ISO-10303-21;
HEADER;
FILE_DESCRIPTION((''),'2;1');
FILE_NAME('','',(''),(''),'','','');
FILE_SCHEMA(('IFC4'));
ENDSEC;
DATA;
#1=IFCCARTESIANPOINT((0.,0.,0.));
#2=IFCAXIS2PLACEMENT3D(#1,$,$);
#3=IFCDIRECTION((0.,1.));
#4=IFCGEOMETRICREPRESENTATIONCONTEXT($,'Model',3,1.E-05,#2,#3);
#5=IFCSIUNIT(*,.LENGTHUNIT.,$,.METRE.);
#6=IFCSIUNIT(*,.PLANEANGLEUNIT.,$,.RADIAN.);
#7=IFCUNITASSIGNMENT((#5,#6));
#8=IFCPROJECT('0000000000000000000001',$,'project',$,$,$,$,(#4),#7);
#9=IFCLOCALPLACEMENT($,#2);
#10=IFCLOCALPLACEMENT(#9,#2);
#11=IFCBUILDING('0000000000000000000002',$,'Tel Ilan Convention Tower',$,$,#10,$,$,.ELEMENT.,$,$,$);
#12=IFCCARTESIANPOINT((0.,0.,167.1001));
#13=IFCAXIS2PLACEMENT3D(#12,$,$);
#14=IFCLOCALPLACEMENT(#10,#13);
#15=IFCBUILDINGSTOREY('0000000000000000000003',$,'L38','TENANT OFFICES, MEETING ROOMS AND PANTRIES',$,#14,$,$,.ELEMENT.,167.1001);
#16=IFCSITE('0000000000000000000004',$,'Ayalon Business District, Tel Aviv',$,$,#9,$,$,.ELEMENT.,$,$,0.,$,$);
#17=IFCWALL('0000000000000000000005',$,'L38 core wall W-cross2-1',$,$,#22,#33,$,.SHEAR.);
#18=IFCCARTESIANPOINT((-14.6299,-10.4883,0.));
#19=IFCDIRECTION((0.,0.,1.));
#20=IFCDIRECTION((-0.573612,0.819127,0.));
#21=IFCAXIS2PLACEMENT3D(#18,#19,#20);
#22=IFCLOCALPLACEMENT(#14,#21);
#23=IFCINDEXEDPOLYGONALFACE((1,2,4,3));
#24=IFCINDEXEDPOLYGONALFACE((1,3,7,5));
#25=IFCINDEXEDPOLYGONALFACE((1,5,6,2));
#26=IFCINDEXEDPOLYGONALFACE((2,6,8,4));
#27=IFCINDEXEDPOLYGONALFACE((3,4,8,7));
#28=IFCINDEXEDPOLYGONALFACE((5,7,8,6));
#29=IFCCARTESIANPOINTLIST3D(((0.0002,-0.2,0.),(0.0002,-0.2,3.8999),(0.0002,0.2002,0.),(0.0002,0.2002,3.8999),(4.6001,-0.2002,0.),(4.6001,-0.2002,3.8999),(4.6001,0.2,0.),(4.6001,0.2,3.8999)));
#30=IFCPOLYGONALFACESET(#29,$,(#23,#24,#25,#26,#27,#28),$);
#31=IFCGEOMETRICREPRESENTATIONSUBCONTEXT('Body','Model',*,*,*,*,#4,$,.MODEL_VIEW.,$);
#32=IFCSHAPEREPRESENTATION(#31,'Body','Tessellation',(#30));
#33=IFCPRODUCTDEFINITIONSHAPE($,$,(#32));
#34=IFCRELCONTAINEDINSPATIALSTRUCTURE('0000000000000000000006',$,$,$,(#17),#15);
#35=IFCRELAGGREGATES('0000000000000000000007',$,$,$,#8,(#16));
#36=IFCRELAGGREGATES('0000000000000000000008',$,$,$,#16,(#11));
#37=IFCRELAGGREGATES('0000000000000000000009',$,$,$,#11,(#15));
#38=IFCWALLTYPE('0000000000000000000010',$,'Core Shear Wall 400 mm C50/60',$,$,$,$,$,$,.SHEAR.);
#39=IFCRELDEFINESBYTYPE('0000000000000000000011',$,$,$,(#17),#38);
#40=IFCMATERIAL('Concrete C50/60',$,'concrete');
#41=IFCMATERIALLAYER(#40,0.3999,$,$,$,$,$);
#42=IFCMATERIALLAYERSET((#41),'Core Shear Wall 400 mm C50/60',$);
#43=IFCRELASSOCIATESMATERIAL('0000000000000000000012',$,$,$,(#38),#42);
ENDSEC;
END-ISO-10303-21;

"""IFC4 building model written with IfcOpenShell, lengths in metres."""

from ifc_helpers import new_model, si_unit, direction, frame, origin, place, context, subcontext, project, spatial, polyline, outline, extrude, material, layer, layer_set, type_object, element, save


model = new_model("IFC4")

# Units and contexts
model_context = context("Model", 3, precision=1e-05, world=origin(), true_north=direction((0.0, 1.0)))
body_context = subcontext(model_context, "Body", "Model", "MODEL_VIEW")
ifc_project = project(units=[si_unit("LENGTHUNIT", "METRE"), si_unit("PLANEANGLEUNIT", "RADIAN")], contexts=[model_context])

# Site, building, storey
site_placement = place(None, origin())
site = spatial("IfcSite", under=ifc_project, at=site_placement, Name="Ayalon Business District, Tel Aviv", CompositionType="ELEMENT", RefElevation=0.0)
building_placement = place(site_placement, origin())
building = spatial("IfcBuilding", under=site, at=building_placement, Name="Tel Ilan Convention Tower", CompositionType="ELEMENT")
storey_placement = place(building_placement, frame((0.0, 0.0, 167.1001)))
storey = spatial("IfcBuildingStorey", under=building, at=storey_placement, Name="L38", Description="TENANT OFFICES, MEETING ROOMS AND PANTRIES", CompositionType="ELEMENT", Elevation=167.1001)

# Wall
ifc_material_1 = material(Name="Concrete C50/60", Category="concrete")
ifc_layer_1 = layer(ifc_material_1, 0.3999)
ifc_layer_set_1 = layer_set([ifc_layer_1], Name="Core Shear Wall 400 mm C50/60")
wall_type_1 = type_object("IfcWallType", Name="Core Shear Wall 400 mm C50/60", PredefinedType="SHEAR", material=ifc_layer_set_1)
wall_1_placement = place(storey_placement, frame((-14.6299, -10.4883, 0.0), z_axis=(0.0, 0.0, 1.0), x_axis=(-0.573612, 0.819127, 0.0)))
element("IfcWall", 1, at=wall_1_placement, inside=storey, type_object=wall_type_1, Name="L38 core wall W-cross2-1", PredefinedType="SHEAR", context=body_context, shape_type="SweptSolid", body=[
    extrude(outline(polyline([(4.6001, 0.2), (0.0002, 0.2002), (0.0002, -0.2), (4.6001, -0.2002), (4.6001, 0.2)])), origin(), (0.0, 0.0, 1.0), 3.8999),
])

save(model, "model.ifc")
